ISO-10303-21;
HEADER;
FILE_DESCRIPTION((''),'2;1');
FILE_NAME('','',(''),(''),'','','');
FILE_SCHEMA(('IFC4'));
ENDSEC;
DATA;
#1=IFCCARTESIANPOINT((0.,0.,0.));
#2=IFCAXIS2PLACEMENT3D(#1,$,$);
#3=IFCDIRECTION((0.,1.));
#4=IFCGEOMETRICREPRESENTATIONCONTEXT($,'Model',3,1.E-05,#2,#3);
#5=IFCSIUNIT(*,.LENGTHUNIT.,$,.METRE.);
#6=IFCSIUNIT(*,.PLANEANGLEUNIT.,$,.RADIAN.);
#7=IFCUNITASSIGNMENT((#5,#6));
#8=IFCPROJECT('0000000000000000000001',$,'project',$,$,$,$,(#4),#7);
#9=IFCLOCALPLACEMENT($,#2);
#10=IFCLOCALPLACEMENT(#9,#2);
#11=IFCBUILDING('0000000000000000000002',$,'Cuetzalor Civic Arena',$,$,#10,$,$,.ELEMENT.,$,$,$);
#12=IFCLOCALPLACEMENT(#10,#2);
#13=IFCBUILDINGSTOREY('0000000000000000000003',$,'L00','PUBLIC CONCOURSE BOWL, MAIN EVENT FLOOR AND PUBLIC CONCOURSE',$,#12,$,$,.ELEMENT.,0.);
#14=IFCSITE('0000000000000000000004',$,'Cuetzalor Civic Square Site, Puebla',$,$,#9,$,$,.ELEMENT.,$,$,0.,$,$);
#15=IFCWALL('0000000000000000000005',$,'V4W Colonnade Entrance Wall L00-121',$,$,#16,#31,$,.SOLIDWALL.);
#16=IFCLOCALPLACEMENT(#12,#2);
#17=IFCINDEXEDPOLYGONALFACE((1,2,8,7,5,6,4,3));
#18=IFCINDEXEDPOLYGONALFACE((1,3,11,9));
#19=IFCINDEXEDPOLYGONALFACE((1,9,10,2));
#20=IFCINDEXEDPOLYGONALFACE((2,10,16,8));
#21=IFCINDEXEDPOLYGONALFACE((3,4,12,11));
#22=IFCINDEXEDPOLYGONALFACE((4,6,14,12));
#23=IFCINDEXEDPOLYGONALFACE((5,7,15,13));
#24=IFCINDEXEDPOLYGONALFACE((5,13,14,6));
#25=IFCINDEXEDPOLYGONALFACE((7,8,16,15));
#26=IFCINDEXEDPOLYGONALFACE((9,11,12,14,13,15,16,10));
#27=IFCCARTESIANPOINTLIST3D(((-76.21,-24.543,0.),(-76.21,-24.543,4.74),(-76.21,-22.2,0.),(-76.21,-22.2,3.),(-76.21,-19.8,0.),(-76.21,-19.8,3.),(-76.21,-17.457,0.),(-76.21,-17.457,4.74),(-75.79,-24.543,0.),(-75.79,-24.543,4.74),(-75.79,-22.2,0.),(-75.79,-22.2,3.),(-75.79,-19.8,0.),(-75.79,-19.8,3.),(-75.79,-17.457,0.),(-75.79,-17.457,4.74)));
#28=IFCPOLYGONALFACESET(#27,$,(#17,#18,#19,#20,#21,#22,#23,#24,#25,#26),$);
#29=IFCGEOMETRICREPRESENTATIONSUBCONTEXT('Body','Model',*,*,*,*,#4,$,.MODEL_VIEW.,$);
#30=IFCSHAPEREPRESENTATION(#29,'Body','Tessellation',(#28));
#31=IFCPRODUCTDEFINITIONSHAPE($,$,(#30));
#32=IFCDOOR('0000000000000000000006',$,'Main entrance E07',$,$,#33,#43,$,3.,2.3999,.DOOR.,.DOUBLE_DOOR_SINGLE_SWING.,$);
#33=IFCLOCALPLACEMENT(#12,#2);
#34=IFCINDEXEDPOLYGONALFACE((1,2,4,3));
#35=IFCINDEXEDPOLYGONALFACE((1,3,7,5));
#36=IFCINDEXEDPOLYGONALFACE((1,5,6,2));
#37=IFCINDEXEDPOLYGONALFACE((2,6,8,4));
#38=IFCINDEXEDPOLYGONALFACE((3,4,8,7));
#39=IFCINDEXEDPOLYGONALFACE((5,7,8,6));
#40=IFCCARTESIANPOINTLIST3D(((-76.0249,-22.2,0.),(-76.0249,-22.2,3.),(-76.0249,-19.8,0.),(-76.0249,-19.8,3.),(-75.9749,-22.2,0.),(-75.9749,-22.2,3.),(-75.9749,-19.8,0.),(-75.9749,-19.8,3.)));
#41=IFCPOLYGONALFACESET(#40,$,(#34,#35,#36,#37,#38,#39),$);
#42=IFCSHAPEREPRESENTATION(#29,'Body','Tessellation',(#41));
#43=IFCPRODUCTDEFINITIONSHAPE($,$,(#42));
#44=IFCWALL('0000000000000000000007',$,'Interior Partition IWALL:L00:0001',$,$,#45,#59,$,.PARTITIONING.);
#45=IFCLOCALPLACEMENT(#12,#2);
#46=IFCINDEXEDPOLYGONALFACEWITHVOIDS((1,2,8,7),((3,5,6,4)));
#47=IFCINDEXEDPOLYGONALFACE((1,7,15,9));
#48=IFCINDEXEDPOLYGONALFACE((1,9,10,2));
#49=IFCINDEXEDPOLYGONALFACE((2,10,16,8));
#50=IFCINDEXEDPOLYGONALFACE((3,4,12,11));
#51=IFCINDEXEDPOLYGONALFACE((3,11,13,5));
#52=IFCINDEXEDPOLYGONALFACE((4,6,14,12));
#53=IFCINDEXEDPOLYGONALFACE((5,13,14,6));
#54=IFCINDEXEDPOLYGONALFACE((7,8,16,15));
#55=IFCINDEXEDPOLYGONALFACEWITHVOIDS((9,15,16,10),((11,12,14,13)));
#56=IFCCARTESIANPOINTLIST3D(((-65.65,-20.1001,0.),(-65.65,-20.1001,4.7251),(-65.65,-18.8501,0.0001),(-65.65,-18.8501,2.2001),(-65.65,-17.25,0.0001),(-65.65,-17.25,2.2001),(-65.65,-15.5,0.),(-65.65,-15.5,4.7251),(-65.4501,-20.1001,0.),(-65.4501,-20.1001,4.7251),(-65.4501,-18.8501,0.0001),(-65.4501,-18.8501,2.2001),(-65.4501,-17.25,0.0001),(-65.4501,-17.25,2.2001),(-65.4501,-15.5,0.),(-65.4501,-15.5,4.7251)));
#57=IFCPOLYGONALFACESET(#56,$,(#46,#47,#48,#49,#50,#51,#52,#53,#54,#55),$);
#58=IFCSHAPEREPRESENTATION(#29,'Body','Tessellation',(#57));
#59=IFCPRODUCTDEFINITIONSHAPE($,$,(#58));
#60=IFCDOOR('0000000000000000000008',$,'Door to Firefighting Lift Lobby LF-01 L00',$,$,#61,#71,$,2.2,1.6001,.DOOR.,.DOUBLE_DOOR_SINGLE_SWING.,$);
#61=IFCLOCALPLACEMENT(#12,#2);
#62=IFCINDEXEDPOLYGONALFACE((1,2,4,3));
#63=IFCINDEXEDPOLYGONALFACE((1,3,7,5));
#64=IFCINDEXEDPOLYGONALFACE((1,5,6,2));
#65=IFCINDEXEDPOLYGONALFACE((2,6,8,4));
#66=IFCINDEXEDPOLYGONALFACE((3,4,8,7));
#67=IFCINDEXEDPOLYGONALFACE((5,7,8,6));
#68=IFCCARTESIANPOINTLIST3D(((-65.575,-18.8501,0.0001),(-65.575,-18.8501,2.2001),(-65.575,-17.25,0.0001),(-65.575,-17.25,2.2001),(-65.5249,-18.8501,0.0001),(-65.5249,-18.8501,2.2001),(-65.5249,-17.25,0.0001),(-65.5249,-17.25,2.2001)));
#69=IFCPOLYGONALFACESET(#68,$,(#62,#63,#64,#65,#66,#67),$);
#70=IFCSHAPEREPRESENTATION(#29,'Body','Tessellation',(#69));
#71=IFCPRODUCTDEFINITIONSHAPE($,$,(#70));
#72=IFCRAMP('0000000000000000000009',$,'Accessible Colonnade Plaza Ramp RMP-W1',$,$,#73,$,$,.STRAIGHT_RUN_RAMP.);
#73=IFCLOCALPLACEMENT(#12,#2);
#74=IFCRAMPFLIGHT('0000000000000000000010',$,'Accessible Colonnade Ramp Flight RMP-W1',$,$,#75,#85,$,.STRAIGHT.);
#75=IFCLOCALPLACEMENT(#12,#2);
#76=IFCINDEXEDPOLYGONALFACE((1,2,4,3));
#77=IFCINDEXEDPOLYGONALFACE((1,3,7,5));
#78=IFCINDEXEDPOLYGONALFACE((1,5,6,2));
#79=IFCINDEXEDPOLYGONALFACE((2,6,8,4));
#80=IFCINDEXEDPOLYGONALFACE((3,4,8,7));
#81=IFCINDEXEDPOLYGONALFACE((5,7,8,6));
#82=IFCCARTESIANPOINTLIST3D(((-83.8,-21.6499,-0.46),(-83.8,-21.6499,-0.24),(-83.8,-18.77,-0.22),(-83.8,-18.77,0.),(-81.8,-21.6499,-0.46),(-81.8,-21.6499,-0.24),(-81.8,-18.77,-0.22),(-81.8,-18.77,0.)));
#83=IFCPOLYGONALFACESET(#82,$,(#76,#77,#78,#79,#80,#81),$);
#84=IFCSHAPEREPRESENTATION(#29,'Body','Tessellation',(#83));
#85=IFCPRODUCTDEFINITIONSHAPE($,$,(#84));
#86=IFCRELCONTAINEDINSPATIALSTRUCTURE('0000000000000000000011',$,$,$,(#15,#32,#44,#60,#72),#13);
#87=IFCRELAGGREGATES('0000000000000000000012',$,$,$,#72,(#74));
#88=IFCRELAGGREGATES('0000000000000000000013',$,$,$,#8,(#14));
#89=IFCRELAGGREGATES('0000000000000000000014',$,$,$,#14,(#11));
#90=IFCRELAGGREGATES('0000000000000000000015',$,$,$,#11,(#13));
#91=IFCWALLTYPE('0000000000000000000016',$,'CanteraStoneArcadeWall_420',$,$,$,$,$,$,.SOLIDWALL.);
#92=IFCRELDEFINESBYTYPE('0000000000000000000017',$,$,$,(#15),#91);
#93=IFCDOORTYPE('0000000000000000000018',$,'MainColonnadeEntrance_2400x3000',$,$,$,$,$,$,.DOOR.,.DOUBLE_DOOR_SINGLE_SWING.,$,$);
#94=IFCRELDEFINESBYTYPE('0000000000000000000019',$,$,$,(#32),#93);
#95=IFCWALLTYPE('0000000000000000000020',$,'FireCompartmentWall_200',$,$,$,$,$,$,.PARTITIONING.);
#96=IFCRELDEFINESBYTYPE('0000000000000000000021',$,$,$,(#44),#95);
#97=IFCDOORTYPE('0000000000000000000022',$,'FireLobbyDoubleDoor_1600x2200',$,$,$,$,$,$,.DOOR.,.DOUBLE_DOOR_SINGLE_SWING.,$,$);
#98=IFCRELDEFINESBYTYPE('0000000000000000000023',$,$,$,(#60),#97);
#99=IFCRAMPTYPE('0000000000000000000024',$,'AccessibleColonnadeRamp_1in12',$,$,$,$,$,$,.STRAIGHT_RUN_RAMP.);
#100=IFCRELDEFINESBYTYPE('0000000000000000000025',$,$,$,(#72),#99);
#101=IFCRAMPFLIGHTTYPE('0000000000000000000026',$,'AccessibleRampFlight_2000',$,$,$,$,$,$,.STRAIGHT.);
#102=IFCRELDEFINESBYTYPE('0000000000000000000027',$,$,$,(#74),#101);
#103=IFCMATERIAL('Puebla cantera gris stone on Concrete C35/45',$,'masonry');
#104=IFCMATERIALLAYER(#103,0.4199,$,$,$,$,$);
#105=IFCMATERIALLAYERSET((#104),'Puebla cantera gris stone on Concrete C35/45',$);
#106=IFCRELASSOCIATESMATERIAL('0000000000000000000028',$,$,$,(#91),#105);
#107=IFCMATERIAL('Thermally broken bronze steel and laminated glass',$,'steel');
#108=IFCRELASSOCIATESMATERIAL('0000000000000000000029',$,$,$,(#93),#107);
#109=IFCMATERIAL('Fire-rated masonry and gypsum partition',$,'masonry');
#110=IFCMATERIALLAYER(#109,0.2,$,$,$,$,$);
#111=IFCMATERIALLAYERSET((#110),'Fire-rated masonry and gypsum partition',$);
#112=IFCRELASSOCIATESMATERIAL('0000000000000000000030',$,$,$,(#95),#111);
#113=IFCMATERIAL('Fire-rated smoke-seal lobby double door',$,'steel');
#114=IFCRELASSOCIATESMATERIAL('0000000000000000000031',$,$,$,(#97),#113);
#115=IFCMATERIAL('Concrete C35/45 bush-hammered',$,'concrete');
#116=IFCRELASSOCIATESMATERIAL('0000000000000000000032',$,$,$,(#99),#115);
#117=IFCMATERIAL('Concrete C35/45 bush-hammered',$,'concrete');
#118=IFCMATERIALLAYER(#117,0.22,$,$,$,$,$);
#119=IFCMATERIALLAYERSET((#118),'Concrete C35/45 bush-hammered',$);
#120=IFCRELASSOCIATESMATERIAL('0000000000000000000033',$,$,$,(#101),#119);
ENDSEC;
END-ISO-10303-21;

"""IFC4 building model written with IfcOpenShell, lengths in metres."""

from ifc_helpers import new_model, si_unit, direction, frame, frame_2d, origin, place, context, subcontext, project, spatial, polyline, rectangle, outline, extrude, material, layer, layer_set, type_object, element, fill, aggregate, save


model = new_model("IFC4")

# Units and contexts
model_context = context("Model", 3, precision=1e-05, world=origin(), true_north=direction((0.0, 1.0)))
body_context = subcontext(model_context, "Body", "Model", "MODEL_VIEW")
ifc_project = project(units=[si_unit("LENGTHUNIT", "METRE"), si_unit("PLANEANGLEUNIT", "RADIAN")], contexts=[model_context])

# Site, building, storey
site_placement = place(None, origin())
site = spatial("IfcSite", under=ifc_project, at=site_placement, Name="Cuetzalor Civic Square Site, Puebla", CompositionType="ELEMENT", RefElevation=0.0)
building_placement = place(site_placement, origin())
building = spatial("IfcBuilding", under=site, at=building_placement, Name="Cuetzalor Civic Arena", CompositionType="ELEMENT")
storey_placement = place(building_placement, origin())
storey = spatial("IfcBuildingStorey", under=building, at=storey_placement, Name="L00", Description="PUBLIC CONCOURSE BOWL, MAIN EVENT FLOOR AND PUBLIC CONCOURSE", CompositionType="ELEMENT", Elevation=0.0)

# Walls, openings, doors
ifc_material_1 = material(Name="Puebla cantera gris stone on Concrete C35/45", Category="masonry")
ifc_layer_1 = layer(ifc_material_1, 0.4199)
ifc_layer_set_1 = layer_set([ifc_layer_1], Name="Puebla cantera gris stone on Concrete C35/45")
wall_type_1 = type_object("IfcWallType", Name="CanteraStoneArcadeWall_420", PredefinedType="SOLIDWALL", material=ifc_layer_set_1)
wall_1_placement = place(storey_placement, frame((-76.0, -24.543, 0.0), z_axis=(0.0, 0.0, 1.0), x_axis=(0.0, 1.0, 0.0)))
wall_1 = element("IfcWall", 1, at=wall_1_placement, inside=storey, type_object=wall_type_1, Name="V4W Colonnade Entrance Wall L00-121", PredefinedType="SOLIDWALL", context=body_context, shape_type="SweptSolid", body=[
    extrude(rectangle(XDim=7.0859, YDim=0.4199, at=frame_2d((3.543, 0.0))), origin(), (0.0, 0.0, 1.0), 4.74),
])
opening_1_placement = place(wall_1_placement, frame((2.343, 0.0, 0.0)))
opening_1 = element("IfcOpeningElement", 2, at=opening_1_placement, cuts=wall_1, PredefinedType="OPENING", context=body_context, shape_type="SweptSolid", body=[
    extrude(rectangle(XDim=2.3999, YDim=3.0, at=frame_2d((1.2, 1.5))), frame((0.0, 0.22, 0.0), z_axis=(0.0, -1.0, 0.0), x_axis=(1.0, 0.0, 0.0)), (0.0, 0.0, 1.0), 0.4399),
])
ifc_material_2 = material(Name="Thermally broken bronze steel and laminated glass", Category="steel")
door_type_1 = type_object("IfcDoorType", Name="MainColonnadeEntrance_2400x3000", OperationType="DOUBLE_DOOR_SINGLE_SWING", PredefinedType="DOOR", material=ifc_material_2)
door_1_placement = place(opening_1_placement, origin())
door_1 = element("IfcDoor", 3, at=door_1_placement, inside=storey, type_object=door_type_1, Name="Main entrance E07", OperationType="DOUBLE_DOOR_SINGLE_SWING", OverallHeight=3.0, OverallWidth=2.3999, PredefinedType="DOOR", context=body_context, shape_type="SweptSolid", body=[
    extrude(rectangle(XDim=2.3999, YDim=3.0, at=frame_2d((1.2, 1.5))), frame((0.0, 0.0249, 0.0), z_axis=(0.0, -1.0, 0.0), x_axis=(1.0, 0.0, 0.0)), (0.0, 0.0, 1.0), 0.05),
])
fill(opening_1, door_1)
ifc_material_3 = material(Name="Fire-rated masonry and gypsum partition", Category="masonry")
ifc_layer_2 = layer(ifc_material_3, 0.2)
ifc_layer_set_2 = layer_set([ifc_layer_2], Name="Fire-rated masonry and gypsum partition")
wall_type_2 = type_object("IfcWallType", Name="FireCompartmentWall_200", PredefinedType="PARTITIONING", material=ifc_layer_set_2)
wall_2_placement = place(storey_placement, frame((-65.55, -20.1001, 0.0), z_axis=(0.0, 0.0, 1.0), x_axis=(0.0, 1.0, 0.0)))
wall_2 = element("IfcWall", 4, at=wall_2_placement, inside=storey, type_object=wall_type_2, Name="Interior Partition IWALL:L00:0001", PredefinedType="PARTITIONING", context=body_context, shape_type="SweptSolid", body=[
    extrude(rectangle(XDim=4.6001, YDim=0.2, at=frame_2d((2.3, 0.0))), origin(), (0.0, 0.0, 1.0), 4.7251),
])
opening_2_placement = place(wall_2_placement, frame((1.25, 0.0, 0.0)))
opening_2 = element("IfcOpeningElement", 5, at=opening_2_placement, cuts=wall_2, PredefinedType="OPENING", context=body_context, shape_type="SweptSolid", body=[
    extrude(rectangle(XDim=1.6001, YDim=2.2, at=frame_2d((0.8, 1.1001))), frame((0.0, 0.1099, 0.0), z_axis=(0.0, -1.0, 0.0), x_axis=(1.0, 0.0, 0.0)), (0.0, 0.0, 1.0), 0.22),
])
ifc_material_4 = material(Name="Fire-rated smoke-seal lobby double door", Category="steel")
door_type_2 = type_object("IfcDoorType", Name="FireLobbyDoubleDoor_1600x2200", OperationType="DOUBLE_DOOR_SINGLE_SWING", PredefinedType="DOOR", material=ifc_material_4)
door_2_placement = place(opening_2_placement, origin())
door_2 = element("IfcDoor", 6, at=door_2_placement, inside=storey, type_object=door_type_2, Name="Door to Firefighting Lift Lobby LF-01 L00", OperationType="DOUBLE_DOOR_SINGLE_SWING", OverallHeight=2.2, OverallWidth=1.6001, PredefinedType="DOOR", context=body_context, shape_type="SweptSolid", body=[
    extrude(rectangle(XDim=1.6001, YDim=2.2, at=frame_2d((0.8, 1.1001))), frame((0.0, 0.0249, 0.0), z_axis=(0.0, -1.0, 0.0), x_axis=(1.0, 0.0, 0.0)), (0.0, 0.0, 1.0), 0.05),
])
fill(opening_2, door_2)

# Ramp, ramp flight
ifc_material_5 = material(Name="Concrete C35/45 bush-hammered", Category="concrete")
ramp_type = type_object("IfcRampType", Name="AccessibleColonnadeRamp_1in12", PredefinedType="STRAIGHT_RUN_RAMP", material=ifc_material_5)
ramp_placement = place(storey_placement, origin())
ramp = element("IfcRamp", 7, at=ramp_placement, inside=storey, type_object=ramp_type, Name="Accessible Colonnade Plaza Ramp RMP-W1", PredefinedType="STRAIGHT_RUN_RAMP")
ifc_material_6 = material(Name="Concrete C35/45 bush-hammered", Category="concrete")
ifc_layer_3 = layer(ifc_material_6, 0.22)
ifc_layer_set_3 = layer_set([ifc_layer_3], Name="Concrete C35/45 bush-hammered")
ramp_flight_type = type_object("IfcRampFlightType", Name="AccessibleRampFlight_2000", PredefinedType="STRAIGHT", material=ifc_layer_set_3)
ramp_flight_placement = place(storey_placement, frame((-82.8, -21.6499, -0.24), z_axis=(0.0, 0.0, 1.0), x_axis=(0.0, 1.0, 0.0)))
ramp_flight = element("IfcRampFlight", 8, at=ramp_flight_placement, type_object=ramp_flight_type, Name="Accessible Colonnade Ramp Flight RMP-W1", PredefinedType="STRAIGHT", context=body_context, shape_type="SweptSolid", body=[
    extrude(outline(polyline([(0.0, 0.0), (2.8799, 0.24), (2.8799, 0.02), (0.0, -0.22), (0.0, 0.0)])), frame((0.0, 1.0, 0.0), z_axis=(0.0, -1.0, 0.0), x_axis=(1.0, 0.0, 0.0)), (0.0, 0.0, 1.0), 2.0),
])
aggregate(ramp, [ramp_flight])

save(model, "model.ifc")
